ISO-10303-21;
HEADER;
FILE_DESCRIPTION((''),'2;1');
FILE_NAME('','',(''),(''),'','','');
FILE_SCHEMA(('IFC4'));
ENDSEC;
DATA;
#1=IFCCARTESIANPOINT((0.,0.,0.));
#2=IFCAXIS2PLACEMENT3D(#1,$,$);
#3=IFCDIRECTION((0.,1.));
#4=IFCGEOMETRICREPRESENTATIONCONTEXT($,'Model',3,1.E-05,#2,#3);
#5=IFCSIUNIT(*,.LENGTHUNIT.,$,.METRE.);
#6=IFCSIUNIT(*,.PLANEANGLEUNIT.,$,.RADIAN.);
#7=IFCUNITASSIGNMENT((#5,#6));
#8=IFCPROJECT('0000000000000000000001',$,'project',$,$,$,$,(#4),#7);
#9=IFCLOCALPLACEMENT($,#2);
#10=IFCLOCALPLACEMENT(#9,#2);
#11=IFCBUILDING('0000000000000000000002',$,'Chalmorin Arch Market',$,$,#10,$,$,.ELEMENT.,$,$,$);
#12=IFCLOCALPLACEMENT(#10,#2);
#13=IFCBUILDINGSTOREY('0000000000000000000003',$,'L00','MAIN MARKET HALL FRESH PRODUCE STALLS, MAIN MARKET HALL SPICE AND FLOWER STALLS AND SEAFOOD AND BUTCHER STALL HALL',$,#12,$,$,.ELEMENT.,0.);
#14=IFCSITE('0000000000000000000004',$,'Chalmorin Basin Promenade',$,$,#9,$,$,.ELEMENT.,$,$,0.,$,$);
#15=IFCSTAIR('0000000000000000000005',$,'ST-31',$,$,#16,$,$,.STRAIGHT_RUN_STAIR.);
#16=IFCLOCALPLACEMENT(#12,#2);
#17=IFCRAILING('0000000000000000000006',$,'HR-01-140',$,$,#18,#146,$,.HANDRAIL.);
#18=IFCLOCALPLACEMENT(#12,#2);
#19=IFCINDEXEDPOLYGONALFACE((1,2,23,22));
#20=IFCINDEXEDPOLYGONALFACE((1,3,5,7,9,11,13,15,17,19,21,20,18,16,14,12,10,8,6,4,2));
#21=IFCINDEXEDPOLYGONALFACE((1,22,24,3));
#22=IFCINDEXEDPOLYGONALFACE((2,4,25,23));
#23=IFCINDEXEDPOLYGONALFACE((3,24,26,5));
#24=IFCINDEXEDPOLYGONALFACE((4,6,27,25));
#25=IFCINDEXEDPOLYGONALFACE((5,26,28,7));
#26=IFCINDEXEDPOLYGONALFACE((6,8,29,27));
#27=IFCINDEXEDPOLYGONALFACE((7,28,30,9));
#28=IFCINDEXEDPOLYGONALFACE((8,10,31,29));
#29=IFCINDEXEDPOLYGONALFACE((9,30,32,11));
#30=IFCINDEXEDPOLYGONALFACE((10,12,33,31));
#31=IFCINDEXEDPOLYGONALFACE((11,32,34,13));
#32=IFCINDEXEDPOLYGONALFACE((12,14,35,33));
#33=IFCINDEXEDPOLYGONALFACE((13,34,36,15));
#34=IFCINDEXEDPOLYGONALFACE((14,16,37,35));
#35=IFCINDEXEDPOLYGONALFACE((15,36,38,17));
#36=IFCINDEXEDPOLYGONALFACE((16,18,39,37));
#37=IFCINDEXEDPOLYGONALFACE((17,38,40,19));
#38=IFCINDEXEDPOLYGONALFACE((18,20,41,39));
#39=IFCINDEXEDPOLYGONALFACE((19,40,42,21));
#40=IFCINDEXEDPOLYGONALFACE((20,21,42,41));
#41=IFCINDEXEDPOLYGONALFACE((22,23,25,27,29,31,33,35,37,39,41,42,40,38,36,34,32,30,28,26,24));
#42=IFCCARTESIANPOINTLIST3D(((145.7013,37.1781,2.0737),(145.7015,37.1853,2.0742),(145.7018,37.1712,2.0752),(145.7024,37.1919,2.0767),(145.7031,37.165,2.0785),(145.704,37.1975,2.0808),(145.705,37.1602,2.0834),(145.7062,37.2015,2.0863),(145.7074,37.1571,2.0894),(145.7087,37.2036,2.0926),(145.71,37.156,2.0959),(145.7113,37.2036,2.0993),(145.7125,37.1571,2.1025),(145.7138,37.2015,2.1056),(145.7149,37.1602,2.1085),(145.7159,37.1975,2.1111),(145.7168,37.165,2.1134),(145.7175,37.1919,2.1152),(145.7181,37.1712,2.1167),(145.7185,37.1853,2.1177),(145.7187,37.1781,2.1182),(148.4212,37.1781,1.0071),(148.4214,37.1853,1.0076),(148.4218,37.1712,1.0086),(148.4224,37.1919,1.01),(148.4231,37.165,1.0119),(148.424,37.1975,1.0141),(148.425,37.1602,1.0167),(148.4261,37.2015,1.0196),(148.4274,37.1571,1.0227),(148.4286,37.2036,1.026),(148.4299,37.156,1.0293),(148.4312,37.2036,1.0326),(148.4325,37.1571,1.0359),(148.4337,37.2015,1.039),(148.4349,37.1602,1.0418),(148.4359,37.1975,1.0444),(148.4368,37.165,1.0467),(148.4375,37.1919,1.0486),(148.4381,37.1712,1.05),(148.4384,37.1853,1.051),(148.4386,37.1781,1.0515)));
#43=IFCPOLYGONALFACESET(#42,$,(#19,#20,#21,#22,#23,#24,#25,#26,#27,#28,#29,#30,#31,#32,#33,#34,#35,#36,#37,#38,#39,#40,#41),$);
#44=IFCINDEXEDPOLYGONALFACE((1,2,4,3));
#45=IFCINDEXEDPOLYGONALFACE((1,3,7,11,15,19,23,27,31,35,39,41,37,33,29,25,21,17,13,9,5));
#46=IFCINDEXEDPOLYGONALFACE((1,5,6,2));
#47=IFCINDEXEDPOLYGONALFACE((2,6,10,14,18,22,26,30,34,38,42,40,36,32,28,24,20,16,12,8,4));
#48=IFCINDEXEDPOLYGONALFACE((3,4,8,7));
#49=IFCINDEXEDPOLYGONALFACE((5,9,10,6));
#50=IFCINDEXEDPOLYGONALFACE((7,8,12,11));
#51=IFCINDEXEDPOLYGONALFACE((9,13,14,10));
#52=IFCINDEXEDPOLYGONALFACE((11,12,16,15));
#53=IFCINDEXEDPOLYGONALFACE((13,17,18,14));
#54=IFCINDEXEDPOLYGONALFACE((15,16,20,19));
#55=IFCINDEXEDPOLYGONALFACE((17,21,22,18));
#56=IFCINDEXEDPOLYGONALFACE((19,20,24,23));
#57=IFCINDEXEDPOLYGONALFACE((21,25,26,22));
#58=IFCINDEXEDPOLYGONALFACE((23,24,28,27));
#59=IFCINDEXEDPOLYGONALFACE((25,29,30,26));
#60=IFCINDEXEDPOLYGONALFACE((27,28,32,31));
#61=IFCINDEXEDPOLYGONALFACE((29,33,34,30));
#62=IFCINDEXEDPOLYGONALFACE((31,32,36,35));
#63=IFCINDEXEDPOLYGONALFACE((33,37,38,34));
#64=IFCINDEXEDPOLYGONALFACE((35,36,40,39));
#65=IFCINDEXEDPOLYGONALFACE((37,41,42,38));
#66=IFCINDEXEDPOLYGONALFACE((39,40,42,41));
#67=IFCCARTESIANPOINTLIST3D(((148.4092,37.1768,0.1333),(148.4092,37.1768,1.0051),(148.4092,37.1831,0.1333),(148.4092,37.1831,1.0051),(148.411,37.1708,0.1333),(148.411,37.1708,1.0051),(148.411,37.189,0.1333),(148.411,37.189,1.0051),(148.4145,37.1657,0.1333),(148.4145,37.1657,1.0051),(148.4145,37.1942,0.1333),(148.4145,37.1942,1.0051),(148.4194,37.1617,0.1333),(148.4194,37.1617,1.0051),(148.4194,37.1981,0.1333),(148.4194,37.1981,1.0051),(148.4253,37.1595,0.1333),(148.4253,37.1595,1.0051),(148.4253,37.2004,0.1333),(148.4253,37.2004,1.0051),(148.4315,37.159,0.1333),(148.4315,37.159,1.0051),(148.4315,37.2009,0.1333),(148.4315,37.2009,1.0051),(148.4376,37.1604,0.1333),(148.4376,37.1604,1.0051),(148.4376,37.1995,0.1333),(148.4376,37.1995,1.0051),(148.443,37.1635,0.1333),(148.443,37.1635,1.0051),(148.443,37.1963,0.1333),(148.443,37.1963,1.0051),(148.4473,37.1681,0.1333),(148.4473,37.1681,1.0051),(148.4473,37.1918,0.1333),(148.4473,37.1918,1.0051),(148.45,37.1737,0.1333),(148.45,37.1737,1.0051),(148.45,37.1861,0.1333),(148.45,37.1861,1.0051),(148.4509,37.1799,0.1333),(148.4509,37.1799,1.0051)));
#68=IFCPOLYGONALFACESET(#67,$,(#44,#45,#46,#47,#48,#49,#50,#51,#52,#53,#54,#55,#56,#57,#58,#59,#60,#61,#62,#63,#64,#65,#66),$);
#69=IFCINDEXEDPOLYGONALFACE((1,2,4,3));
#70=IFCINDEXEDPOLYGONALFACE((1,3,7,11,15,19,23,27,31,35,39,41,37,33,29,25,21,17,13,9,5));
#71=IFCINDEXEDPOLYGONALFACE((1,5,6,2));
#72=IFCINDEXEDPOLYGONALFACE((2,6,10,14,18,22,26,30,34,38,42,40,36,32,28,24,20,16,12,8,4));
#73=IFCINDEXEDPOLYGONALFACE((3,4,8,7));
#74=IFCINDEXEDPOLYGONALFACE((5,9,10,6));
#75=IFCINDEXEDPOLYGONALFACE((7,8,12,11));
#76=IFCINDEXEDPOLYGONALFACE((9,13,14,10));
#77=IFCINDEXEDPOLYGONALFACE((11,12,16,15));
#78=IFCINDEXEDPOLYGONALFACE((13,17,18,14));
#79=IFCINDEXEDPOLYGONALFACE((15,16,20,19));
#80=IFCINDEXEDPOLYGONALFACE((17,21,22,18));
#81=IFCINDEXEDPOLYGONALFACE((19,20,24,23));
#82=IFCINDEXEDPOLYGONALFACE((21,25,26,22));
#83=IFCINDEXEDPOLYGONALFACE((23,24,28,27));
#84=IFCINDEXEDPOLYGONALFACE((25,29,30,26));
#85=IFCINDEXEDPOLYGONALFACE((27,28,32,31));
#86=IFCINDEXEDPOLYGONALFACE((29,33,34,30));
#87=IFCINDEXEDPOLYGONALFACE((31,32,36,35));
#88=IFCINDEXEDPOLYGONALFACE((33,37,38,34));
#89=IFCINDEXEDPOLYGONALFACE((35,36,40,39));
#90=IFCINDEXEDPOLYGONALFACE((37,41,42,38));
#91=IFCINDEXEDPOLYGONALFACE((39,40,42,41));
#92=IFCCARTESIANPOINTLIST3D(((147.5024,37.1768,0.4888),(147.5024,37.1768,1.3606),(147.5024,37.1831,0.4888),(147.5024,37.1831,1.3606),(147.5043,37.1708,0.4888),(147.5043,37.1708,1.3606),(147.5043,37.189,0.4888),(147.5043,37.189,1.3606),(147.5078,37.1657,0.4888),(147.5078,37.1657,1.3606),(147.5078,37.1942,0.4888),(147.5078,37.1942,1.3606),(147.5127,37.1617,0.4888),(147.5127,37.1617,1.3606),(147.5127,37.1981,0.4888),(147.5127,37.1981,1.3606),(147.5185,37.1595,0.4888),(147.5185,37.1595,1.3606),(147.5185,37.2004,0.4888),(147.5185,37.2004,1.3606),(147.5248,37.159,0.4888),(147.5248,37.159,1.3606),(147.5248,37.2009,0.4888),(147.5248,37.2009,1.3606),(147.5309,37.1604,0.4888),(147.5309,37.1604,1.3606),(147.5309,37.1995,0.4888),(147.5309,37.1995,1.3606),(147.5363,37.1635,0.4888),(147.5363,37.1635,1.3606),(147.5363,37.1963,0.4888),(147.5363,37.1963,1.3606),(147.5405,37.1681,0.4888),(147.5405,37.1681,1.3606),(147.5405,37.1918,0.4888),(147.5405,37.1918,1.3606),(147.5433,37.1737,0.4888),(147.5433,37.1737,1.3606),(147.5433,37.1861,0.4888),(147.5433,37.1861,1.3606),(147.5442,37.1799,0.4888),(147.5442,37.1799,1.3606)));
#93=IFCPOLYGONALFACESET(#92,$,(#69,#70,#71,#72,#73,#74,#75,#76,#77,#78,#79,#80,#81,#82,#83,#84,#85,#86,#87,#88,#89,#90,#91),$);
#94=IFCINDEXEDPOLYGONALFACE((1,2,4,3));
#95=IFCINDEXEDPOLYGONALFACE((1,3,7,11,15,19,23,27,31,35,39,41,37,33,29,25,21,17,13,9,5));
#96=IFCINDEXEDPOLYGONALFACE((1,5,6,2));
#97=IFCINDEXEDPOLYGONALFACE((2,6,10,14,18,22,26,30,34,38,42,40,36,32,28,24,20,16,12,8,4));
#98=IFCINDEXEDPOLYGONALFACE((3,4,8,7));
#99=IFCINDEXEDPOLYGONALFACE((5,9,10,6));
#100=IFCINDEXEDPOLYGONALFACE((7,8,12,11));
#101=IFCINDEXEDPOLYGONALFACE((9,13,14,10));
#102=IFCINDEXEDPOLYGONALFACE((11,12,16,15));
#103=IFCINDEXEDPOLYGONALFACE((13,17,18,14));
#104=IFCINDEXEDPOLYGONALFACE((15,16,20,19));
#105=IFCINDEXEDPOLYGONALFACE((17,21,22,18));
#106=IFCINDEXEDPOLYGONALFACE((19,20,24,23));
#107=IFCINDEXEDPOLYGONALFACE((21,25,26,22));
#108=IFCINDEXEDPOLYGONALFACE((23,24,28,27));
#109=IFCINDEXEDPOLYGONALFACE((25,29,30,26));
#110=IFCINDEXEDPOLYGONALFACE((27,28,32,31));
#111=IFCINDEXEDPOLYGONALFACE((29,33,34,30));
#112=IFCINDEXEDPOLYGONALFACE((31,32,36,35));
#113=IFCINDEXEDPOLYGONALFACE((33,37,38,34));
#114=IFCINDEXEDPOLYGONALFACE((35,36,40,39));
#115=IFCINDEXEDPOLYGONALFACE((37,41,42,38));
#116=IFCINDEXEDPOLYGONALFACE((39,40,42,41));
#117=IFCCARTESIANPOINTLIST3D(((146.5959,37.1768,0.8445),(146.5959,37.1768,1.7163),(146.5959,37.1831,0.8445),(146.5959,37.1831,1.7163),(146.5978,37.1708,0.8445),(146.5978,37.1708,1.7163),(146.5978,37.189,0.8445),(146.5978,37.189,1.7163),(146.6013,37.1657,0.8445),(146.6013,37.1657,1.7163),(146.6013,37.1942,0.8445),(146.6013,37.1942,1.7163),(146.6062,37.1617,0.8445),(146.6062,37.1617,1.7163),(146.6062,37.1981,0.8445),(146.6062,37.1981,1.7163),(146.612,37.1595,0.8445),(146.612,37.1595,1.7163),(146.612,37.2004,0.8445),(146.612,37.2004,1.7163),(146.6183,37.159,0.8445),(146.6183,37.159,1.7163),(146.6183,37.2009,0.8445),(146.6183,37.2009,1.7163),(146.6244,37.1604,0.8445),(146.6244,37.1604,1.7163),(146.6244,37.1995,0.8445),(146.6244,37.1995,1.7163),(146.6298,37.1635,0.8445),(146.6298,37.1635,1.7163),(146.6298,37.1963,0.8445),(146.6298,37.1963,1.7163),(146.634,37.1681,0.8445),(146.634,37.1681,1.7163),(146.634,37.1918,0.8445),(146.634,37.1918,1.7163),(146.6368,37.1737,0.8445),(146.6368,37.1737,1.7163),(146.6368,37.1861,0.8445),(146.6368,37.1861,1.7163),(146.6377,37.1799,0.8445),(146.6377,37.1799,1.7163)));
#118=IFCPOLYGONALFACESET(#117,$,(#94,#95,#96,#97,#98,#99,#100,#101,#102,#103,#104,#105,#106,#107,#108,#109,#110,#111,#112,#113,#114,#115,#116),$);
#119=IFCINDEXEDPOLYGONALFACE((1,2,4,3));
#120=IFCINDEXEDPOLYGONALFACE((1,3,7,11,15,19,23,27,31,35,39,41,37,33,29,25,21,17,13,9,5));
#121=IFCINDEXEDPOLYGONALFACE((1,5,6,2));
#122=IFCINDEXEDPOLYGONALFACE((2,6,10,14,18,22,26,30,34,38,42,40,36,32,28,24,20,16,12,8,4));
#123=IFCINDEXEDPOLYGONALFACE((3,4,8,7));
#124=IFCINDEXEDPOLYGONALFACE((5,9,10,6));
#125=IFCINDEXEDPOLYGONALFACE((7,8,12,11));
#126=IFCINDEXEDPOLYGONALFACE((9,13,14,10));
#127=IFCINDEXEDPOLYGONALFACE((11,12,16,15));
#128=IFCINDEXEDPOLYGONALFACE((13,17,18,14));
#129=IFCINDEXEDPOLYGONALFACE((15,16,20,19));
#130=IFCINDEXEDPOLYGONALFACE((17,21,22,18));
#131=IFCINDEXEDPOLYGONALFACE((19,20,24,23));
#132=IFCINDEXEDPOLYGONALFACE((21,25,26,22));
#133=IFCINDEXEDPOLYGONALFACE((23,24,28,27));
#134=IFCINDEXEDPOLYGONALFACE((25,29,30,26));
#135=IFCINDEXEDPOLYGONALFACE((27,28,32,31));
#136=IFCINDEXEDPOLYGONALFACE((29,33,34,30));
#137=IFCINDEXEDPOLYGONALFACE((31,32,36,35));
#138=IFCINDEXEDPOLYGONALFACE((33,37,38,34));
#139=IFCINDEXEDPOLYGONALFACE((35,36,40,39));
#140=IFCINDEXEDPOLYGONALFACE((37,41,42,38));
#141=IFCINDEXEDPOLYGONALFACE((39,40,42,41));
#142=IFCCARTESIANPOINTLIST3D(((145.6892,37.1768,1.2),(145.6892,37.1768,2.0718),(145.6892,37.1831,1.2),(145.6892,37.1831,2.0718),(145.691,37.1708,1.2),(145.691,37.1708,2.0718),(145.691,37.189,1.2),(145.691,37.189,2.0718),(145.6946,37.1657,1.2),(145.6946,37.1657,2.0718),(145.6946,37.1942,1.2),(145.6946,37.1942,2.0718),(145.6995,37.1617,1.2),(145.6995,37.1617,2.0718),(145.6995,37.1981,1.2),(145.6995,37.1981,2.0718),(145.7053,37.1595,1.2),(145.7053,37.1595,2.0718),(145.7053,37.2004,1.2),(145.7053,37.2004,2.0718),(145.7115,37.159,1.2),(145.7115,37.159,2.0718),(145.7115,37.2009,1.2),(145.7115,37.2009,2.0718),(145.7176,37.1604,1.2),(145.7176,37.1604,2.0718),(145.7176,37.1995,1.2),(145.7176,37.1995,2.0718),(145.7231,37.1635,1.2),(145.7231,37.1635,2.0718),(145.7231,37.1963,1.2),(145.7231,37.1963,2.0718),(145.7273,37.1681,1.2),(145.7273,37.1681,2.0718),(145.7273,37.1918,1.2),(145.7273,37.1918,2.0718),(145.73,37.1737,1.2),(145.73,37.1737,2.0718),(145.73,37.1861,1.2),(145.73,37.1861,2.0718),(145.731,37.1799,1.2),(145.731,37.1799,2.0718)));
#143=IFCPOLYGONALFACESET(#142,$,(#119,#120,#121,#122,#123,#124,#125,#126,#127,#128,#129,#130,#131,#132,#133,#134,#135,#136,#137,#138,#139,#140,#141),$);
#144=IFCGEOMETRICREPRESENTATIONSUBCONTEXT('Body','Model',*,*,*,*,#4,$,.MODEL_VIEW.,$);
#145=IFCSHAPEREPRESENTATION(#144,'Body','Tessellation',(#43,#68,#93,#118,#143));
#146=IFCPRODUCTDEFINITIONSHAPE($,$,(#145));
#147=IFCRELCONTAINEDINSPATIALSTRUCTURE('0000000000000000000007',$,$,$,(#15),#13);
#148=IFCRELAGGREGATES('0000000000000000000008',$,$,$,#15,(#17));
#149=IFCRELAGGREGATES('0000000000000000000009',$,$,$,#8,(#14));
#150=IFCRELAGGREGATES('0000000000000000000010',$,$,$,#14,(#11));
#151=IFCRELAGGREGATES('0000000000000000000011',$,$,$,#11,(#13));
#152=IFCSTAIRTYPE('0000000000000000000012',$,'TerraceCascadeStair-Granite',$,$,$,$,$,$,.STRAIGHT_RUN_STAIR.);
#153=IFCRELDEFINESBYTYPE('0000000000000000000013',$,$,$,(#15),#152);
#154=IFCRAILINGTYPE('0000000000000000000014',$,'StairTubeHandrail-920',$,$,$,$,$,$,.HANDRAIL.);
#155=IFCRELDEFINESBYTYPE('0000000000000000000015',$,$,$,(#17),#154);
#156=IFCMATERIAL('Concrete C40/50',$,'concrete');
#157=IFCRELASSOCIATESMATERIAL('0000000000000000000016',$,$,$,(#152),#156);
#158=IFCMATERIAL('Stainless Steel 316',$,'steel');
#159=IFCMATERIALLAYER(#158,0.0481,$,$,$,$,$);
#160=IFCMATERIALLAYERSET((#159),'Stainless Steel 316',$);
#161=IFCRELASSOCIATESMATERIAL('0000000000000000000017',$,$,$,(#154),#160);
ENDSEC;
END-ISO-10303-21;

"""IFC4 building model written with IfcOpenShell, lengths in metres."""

from ifc_helpers import new_model, si_unit, direction, frame, origin, origin_2d, place, context, subcontext, project, spatial, circle, extrude, material, layer, layer_set, type_object, element, aggregate, save


model = new_model("IFC4")

# Units and contexts
model_context = context("Model", 3, precision=1e-05, world=origin(), true_north=direction((0.0, 1.0)))
body_context = subcontext(model_context, "Body", "Model", "MODEL_VIEW")
ifc_project = project(units=[si_unit("LENGTHUNIT", "METRE"), si_unit("PLANEANGLEUNIT", "RADIAN")], contexts=[model_context])

# Site, building, storey
site_placement = place(None, origin())
site = spatial("IfcSite", under=ifc_project, at=site_placement, Name="Chalmorin Basin Promenade", CompositionType="ELEMENT", RefElevation=0.0)
building_placement = place(site_placement, origin())
building = spatial("IfcBuilding", under=site, at=building_placement, Name="Chalmorin Arch Market", CompositionType="ELEMENT")
storey_placement = place(building_placement, origin())
storey = spatial("IfcBuildingStorey", under=building, at=storey_placement, Name="L00", Description="MAIN MARKET HALL FRESH PRODUCE STALLS, MAIN MARKET HALL SPICE AND FLOWER STALLS AND SEAFOOD AND BUTCHER STALL HALL", CompositionType="ELEMENT", Elevation=0.0)

# Shared definitions
ifc_material_1 = material(Name="Concrete C40/50", Category="concrete")

# Stair
stair_type = type_object("IfcStairType", Name="TerraceCascadeStair-Granite", PredefinedType="STRAIGHT_RUN_STAIR", material=ifc_material_1)
stair_1_placement = place(storey_placement, origin())
stair_1 = element("IfcStair", 1, at=stair_1_placement, inside=storey, type_object=stair_type, Name="ST-31", PredefinedType="STRAIGHT_RUN_STAIR")

# Railing
ifc_material_2 = material(Name="Stainless Steel 316", Category="steel")
ifc_layer_1 = layer(ifc_material_2, 0.0481)
ifc_layer_set_1 = layer_set([ifc_layer_1], Name="Stainless Steel 316")
railing_type_1 = type_object("IfcRailingType", Name="StairTubeHandrail-920", PredefinedType="HANDRAIL", material=ifc_layer_set_1)
railing_1_placement = place(storey_placement, frame((148.4299, 37.1799, 0.1333)))
railing_1 = element("IfcRailing", 2, at=railing_1_placement, type_object=railing_type_1, Name="HR-01-140", PredefinedType="HANDRAIL", context=body_context, shape_type="SweptSolid", body=[
    extrude(circle(Radius=0.0239, at=origin_2d()), frame((0.0, 0.0, 0.896), z_axis=(-0.930974, 0.0, 0.365086), x_axis=(0.0, -1.0, 0.0)), (0.0, 0.0, 1.0), 2.9216),
    extrude(circle(Radius=0.021, at=origin_2d()), origin(), (0.0, 0.0, 1.0), 0.8718),
    extrude(circle(Radius=0.021, at=origin_2d()), frame((-0.9067, 0.0, 0.3555)), (0.0, 0.0, 1.0), 0.8718),
    extrude(circle(Radius=0.021, at=origin_2d()), frame((-1.8132, 0.0, 0.7112)), (0.0, 0.0, 1.0), 0.8718),
    extrude(circle(Radius=0.021, at=origin_2d()), frame((-2.72, 0.0, 1.0667)), (0.0, 0.0, 1.0), 0.8718),
])
aggregate(stair_1, [railing_1])

save(model, "model.ifc")
